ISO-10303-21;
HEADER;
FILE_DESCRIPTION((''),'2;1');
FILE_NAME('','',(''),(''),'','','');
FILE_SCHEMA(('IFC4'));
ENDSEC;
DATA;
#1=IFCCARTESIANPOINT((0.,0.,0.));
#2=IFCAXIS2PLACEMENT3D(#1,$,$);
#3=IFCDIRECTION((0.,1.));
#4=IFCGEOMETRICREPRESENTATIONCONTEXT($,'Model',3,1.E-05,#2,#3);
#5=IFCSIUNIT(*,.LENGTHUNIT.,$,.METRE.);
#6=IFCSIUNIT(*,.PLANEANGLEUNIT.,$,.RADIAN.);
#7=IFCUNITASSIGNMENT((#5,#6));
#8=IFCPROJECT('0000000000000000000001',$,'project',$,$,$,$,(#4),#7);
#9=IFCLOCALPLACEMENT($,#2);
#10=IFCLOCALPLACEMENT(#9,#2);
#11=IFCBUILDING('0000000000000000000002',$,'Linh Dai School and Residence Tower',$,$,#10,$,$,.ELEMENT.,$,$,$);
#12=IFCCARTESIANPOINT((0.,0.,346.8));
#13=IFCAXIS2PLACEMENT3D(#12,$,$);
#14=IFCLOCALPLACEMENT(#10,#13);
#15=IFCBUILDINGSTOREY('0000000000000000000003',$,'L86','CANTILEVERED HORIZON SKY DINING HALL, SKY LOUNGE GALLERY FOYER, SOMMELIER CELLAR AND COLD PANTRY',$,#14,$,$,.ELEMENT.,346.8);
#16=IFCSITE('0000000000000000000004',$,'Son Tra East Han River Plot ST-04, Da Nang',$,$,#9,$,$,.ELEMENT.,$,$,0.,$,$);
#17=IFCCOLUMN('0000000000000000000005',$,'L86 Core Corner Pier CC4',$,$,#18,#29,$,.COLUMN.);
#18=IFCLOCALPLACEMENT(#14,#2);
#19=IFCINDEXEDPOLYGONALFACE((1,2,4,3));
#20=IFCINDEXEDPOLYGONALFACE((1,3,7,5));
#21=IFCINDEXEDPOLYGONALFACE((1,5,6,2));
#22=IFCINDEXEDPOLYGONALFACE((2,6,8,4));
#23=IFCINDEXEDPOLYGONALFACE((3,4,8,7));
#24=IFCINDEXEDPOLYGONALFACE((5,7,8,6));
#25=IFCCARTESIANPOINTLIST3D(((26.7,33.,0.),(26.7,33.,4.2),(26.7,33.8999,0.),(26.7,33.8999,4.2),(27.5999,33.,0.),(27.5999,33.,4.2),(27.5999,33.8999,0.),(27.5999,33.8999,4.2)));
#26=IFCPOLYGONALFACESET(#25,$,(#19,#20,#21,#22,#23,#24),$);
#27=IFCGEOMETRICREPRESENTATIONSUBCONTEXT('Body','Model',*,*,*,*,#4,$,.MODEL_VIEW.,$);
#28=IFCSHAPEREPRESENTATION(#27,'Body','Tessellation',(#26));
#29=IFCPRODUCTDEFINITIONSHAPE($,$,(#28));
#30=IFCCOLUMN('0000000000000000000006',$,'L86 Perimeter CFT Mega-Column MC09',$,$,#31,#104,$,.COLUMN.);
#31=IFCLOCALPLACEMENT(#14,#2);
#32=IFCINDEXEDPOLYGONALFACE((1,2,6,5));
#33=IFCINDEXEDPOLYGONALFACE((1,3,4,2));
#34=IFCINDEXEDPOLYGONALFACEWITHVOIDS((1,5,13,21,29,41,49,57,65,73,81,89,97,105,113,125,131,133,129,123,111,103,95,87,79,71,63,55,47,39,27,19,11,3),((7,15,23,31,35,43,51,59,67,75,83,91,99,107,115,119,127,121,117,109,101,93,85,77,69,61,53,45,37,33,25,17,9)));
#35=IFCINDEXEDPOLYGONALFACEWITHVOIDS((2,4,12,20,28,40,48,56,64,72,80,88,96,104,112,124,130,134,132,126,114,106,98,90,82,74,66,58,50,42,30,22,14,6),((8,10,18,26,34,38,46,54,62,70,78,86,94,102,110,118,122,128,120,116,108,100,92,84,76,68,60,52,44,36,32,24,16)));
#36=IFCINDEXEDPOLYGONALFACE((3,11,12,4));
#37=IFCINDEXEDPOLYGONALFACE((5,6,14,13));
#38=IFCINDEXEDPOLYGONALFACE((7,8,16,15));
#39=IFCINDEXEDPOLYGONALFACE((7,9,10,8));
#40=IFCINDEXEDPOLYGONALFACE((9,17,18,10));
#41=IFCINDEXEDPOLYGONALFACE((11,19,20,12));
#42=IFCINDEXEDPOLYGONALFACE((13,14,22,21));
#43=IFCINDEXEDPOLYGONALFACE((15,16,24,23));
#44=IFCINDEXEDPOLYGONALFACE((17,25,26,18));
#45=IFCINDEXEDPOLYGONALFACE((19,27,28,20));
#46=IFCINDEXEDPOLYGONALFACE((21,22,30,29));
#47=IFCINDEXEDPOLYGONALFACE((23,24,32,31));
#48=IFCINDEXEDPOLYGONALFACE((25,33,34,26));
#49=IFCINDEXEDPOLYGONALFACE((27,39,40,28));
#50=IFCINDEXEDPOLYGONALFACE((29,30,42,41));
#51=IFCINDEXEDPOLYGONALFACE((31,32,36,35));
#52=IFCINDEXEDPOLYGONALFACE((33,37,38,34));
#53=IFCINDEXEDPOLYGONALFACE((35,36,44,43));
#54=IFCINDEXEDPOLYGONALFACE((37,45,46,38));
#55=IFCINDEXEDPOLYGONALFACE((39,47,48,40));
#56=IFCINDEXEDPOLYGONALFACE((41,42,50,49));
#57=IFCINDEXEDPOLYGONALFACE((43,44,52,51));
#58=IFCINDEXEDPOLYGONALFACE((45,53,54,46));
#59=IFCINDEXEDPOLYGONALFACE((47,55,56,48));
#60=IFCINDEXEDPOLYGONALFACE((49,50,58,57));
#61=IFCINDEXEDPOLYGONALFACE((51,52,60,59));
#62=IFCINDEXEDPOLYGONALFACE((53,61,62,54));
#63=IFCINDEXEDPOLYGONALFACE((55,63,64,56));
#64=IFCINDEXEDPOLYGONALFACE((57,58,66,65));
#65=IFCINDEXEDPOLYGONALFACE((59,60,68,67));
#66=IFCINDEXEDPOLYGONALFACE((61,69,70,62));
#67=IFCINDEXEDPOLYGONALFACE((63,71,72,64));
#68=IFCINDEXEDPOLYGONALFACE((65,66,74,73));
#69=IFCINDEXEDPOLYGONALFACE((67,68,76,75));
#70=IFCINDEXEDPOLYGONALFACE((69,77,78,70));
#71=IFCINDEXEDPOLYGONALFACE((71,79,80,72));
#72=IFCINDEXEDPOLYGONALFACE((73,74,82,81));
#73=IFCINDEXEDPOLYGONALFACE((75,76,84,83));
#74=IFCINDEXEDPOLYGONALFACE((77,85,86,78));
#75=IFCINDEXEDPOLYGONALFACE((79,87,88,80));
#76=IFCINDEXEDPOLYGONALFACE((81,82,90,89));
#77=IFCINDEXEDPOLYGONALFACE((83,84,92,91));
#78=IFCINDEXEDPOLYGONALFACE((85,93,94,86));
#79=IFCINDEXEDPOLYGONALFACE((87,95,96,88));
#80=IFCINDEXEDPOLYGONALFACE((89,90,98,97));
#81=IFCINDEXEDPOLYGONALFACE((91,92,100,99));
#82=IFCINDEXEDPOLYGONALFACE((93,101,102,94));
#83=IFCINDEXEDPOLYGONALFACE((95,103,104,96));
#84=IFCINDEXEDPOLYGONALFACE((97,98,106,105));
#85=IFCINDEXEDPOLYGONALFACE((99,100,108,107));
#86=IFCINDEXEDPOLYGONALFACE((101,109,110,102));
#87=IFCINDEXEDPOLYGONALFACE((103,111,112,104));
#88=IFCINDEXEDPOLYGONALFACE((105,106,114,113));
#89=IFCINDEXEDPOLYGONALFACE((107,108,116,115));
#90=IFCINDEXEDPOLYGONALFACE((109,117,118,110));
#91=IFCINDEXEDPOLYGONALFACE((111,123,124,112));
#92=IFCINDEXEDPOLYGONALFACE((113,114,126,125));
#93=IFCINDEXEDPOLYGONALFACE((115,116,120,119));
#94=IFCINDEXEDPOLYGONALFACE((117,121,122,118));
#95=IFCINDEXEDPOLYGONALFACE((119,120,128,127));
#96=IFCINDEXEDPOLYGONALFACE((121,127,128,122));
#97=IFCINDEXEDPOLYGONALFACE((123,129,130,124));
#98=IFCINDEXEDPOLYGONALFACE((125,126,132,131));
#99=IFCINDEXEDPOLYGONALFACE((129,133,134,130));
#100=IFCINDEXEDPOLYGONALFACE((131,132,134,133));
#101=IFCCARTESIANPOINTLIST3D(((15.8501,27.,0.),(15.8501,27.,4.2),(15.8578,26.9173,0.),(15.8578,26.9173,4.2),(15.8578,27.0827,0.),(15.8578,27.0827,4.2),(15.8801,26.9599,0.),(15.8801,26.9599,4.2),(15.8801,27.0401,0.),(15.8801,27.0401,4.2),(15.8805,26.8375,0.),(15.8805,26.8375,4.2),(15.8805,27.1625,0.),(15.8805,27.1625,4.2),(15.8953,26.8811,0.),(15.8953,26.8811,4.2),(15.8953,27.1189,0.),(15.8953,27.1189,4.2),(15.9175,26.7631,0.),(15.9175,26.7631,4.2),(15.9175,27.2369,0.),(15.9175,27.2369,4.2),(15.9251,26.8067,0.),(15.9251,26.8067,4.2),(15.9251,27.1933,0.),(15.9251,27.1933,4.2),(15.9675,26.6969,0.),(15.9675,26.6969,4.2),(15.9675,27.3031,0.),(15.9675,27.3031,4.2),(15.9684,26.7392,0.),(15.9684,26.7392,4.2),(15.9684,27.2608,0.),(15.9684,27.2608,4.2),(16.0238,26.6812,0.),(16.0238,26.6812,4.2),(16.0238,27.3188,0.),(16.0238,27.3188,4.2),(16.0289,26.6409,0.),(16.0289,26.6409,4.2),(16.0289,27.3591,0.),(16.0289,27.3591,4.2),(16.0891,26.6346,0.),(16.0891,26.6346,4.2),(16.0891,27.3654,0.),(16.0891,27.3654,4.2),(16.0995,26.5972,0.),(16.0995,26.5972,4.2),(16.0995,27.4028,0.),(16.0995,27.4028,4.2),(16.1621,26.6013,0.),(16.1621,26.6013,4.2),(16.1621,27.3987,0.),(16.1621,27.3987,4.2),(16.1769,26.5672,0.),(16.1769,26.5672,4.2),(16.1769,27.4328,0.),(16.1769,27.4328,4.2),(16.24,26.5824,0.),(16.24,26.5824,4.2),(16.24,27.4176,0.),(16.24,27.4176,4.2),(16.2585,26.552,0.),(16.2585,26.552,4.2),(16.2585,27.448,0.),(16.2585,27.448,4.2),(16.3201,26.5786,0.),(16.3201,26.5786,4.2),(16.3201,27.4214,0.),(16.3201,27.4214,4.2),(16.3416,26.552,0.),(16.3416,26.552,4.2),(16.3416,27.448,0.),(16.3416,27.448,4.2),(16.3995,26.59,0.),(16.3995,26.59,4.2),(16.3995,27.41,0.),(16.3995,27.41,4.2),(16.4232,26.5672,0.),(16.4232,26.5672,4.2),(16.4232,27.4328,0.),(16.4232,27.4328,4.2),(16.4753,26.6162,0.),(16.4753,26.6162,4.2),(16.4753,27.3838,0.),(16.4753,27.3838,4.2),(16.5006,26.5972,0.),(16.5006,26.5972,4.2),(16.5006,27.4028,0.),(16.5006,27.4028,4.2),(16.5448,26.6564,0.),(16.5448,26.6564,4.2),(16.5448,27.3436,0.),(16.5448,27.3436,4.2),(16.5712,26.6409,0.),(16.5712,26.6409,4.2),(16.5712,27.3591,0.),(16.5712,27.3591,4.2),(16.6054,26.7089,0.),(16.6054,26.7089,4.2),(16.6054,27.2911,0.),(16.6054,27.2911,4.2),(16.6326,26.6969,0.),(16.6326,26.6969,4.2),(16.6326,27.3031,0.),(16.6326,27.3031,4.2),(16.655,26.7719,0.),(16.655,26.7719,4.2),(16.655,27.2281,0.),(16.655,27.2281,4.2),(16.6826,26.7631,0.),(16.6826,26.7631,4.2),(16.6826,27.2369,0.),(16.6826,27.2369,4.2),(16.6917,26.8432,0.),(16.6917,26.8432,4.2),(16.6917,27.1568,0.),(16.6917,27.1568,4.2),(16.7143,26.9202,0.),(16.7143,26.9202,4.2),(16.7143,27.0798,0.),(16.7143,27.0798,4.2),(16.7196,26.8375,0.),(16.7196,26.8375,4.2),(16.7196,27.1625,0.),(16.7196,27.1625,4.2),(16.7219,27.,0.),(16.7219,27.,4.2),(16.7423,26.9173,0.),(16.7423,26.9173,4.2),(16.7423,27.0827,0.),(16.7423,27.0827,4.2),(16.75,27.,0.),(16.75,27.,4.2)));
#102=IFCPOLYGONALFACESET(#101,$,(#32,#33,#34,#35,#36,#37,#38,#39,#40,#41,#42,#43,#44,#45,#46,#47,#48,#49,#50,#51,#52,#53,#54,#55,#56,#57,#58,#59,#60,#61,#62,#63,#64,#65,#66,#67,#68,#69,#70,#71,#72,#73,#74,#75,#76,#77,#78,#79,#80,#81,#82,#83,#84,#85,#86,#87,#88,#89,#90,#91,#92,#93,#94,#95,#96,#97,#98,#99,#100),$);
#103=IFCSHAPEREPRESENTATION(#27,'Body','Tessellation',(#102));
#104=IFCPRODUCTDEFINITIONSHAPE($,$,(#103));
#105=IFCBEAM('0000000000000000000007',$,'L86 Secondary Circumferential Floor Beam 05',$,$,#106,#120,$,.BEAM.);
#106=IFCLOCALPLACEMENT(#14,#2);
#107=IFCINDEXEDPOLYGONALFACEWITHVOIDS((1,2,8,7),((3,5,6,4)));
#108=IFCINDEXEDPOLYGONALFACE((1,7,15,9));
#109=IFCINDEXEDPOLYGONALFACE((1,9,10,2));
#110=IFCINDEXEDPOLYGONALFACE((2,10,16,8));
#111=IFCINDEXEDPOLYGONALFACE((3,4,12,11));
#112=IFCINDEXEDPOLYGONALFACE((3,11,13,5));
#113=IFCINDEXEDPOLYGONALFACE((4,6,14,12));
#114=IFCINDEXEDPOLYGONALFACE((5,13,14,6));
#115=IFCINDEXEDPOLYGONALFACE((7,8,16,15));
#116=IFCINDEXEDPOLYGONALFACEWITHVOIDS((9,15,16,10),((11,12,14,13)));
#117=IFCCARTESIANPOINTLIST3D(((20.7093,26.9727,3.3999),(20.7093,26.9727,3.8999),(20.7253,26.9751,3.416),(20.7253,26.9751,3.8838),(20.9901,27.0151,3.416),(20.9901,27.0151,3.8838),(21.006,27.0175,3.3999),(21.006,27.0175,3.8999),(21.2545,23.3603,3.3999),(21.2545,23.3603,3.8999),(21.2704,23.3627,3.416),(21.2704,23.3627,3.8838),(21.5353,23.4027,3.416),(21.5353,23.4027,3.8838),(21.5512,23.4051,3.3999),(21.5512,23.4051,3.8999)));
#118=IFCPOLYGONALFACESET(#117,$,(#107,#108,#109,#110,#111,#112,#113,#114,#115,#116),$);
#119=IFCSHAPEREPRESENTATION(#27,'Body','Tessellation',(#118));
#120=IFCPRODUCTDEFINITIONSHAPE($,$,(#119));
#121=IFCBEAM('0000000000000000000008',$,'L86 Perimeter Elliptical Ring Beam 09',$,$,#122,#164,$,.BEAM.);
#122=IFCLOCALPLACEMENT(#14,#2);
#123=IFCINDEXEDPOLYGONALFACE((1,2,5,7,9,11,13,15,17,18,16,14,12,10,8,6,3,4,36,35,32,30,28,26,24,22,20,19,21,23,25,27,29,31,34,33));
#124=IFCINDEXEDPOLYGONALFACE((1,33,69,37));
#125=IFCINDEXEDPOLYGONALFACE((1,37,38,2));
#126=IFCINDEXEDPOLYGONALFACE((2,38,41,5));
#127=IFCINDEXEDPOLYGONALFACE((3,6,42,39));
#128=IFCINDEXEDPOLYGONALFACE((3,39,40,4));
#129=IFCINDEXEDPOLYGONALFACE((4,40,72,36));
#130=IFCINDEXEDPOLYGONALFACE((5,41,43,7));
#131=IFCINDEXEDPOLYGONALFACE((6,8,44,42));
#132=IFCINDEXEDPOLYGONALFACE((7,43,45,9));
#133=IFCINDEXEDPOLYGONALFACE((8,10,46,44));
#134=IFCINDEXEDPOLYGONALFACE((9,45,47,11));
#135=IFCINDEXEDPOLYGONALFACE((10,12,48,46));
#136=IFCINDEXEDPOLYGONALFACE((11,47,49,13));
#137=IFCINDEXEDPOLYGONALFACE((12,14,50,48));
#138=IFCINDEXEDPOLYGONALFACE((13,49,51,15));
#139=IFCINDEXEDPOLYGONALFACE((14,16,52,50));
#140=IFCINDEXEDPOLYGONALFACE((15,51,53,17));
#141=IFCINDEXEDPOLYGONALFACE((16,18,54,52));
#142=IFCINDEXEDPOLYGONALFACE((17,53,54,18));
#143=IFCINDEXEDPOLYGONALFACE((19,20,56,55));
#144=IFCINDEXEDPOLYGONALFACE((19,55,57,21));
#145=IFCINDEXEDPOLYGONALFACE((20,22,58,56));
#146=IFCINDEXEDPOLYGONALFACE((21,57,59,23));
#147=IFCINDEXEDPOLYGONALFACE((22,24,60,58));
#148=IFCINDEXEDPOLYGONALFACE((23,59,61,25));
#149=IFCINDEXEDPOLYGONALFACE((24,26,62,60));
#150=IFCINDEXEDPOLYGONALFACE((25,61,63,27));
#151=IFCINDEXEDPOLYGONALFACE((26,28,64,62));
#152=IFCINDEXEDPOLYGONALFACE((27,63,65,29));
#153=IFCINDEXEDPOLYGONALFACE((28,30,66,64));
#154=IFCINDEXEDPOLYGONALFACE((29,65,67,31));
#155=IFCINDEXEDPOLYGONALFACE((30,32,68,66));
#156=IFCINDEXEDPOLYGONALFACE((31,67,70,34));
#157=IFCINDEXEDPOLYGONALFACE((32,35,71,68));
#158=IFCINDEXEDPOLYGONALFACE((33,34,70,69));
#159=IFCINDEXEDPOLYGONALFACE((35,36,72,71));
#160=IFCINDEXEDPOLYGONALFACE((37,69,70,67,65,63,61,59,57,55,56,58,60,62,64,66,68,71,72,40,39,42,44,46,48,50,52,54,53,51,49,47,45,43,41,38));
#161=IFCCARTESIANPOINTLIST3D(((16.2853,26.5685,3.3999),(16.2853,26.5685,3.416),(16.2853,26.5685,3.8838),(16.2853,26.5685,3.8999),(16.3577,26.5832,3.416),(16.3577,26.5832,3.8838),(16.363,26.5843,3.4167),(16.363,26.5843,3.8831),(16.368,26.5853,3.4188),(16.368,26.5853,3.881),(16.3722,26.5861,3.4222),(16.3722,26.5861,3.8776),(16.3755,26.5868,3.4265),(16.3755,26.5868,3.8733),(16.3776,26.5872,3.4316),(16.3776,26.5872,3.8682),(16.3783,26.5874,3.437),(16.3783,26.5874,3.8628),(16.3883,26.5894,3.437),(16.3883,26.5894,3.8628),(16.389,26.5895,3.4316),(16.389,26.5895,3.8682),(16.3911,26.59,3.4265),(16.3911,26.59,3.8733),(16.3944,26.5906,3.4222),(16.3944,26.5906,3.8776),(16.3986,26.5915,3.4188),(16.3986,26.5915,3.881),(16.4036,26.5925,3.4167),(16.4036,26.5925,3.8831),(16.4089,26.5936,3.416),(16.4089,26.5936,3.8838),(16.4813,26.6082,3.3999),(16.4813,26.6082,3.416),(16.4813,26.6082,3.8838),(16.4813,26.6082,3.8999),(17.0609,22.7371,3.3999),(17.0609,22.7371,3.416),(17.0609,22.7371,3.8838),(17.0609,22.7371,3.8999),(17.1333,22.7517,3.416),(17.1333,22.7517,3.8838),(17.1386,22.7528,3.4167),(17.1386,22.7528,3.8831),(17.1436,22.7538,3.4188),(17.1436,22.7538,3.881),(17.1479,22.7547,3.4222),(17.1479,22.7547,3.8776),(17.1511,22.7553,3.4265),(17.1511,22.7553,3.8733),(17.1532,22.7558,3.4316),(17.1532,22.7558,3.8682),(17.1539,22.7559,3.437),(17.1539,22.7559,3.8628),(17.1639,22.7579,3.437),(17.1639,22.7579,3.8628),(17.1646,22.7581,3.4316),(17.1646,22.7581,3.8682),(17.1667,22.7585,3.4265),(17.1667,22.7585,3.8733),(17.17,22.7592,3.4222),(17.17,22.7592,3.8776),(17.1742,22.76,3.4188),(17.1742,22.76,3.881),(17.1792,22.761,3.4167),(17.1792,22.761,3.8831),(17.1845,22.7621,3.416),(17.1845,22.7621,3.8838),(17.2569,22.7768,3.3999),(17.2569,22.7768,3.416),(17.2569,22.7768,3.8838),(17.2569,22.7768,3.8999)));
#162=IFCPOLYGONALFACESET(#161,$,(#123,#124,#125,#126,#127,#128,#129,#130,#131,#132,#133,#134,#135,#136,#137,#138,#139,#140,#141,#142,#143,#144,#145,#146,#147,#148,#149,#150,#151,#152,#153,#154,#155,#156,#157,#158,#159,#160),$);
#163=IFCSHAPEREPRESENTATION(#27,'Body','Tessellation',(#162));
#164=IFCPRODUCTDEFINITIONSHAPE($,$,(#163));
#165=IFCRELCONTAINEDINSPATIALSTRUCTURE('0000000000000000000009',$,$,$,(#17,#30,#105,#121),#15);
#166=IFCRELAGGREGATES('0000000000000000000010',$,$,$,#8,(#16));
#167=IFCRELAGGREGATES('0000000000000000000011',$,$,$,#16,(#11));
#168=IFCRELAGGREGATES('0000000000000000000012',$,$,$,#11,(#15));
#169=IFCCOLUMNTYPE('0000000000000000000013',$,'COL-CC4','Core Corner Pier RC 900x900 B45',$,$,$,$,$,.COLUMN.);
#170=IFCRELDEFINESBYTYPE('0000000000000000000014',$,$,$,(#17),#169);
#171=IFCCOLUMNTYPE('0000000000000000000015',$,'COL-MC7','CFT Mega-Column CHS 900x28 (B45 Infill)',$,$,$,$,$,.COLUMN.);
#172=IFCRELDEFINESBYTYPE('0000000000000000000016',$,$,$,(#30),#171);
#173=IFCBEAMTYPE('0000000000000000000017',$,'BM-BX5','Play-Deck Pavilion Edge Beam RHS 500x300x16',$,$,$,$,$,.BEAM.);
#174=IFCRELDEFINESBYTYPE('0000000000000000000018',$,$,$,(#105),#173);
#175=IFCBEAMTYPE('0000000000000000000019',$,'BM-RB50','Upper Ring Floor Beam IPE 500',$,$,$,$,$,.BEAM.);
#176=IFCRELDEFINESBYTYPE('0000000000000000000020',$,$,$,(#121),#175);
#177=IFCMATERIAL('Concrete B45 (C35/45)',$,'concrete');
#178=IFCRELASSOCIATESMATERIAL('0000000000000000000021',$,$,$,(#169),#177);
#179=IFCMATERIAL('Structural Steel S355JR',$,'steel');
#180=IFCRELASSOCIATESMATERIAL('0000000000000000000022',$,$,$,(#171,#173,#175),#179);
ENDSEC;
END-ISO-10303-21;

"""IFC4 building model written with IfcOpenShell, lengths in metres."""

from ifc_helpers import new_model, si_unit, direction, frame, origin, origin_2d, place, context, subcontext, project, spatial, rectangle, hollow_rectangle, hollow_circle, i_section, extrude, material, material_profile, profile_set, type_object, element, save


model = new_model("IFC4")

# Units and contexts
model_context = context("Model", 3, precision=1e-05, world=origin(), true_north=direction((0.0, 1.0)))
body_context = subcontext(model_context, "Body", "Model", "MODEL_VIEW")
ifc_project = project(units=[si_unit("LENGTHUNIT", "METRE"), si_unit("PLANEANGLEUNIT", "RADIAN")], contexts=[model_context])

# Site, building, storey
site_placement = place(None, origin())
site = spatial("IfcSite", under=ifc_project, at=site_placement, Name="Son Tra East Han River Plot ST-04, Da Nang", CompositionType="ELEMENT", RefElevation=0.0)
building_placement = place(site_placement, origin())
building = spatial("IfcBuilding", under=site, at=building_placement, Name="Linh Dai School and Residence Tower", CompositionType="ELEMENT")
storey_placement = place(building_placement, frame((0.0, 0.0, 346.8)))
storey = spatial("IfcBuildingStorey", under=building, at=storey_placement, Name="L86", Description="CANTILEVERED HORIZON SKY DINING HALL, SKY LOUNGE GALLERY FOYER, SOMMELIER CELLAR AND COLD PANTRY", CompositionType="ELEMENT", Elevation=346.8)

# Columns
ifc_material_1 = material(Name="Concrete B45 (C35/45)", Category="concrete")
ifc_material_profile_1 = material_profile(ifc_material_1, rectangle(XDim=0.8999, YDim=0.8999, at=origin_2d()), Name="RC 900x900")
ifc_profile_set_1 = profile_set([ifc_material_profile_1], Name="Concrete B45 (C35/45)")
column_type_1 = type_object("IfcColumnType", Name="COL-CC4", Description="Core Corner Pier RC 900x900 B45", PredefinedType="COLUMN", material=ifc_profile_set_1)
column_1_placement = place(storey_placement, frame((27.1499, 33.45, 0.0), z_axis=(0.0, 0.0, 1.0), x_axis=(1.0, 0.0, 0.0)))
element("IfcColumn", 1, at=column_1_placement, inside=storey, type_object=column_type_1, Name="L86 Core Corner Pier CC4", PredefinedType="COLUMN", context=body_context, shape_type="SweptSolid", body=[
    extrude(rectangle(XDim=0.8999, YDim=0.8999, at=origin_2d()), origin(), (0.0, 0.0, 1.0), 4.2),
])
ifc_material_2 = material(Name="Structural Steel S355JR", Category="steel")
ifc_material_profile_2 = material_profile(ifc_material_2, hollow_circle(Radius=0.45, WallThickness=0.0281, at=origin_2d()), Name="CHS 900x28")
ifc_profile_set_2 = profile_set([ifc_material_profile_2], Name="Structural Steel S355JR")
column_type_2 = type_object("IfcColumnType", Name="COL-MC7", Description="CFT Mega-Column CHS 900x28 (B45 Infill)", PredefinedType="COLUMN", material=ifc_profile_set_2)
column_2_placement = place(storey_placement, frame((16.3, 27.0, 0.0), z_axis=(0.0, 0.0, 1.0), x_axis=(1.0, 0.0, 0.0)))
element("IfcColumn", 2, at=column_2_placement, inside=storey, type_object=column_type_2, Name="L86 Perimeter CFT Mega-Column MC09", PredefinedType="COLUMN", context=body_context, shape_type="SweptSolid", body=[
    extrude(hollow_circle(Radius=0.45, WallThickness=0.0281, at=origin_2d()), origin(), (0.0, 0.0, 1.0), 4.2),
])

# Beams
ifc_material_profile_3 = material_profile(ifc_material_2, hollow_rectangle(XDim=0.3, YDim=0.5, WallThickness=0.0161, at=origin_2d()), Name="RHS 500x300x16")
ifc_profile_set_3 = profile_set([ifc_material_profile_3], Name="Structural Steel S355JR")
beam_type_1 = type_object("IfcBeamType", Name="BM-BX5", Description="Play-Deck Pavilion Edge Beam RHS 500x300x16", PredefinedType="BEAM", material=ifc_profile_set_3)
beam_1_placement = place(storey_placement, frame((20.8577, 26.9951, 3.6499), z_axis=(0.149229, -0.988803, 0.0), x_axis=(0.988803, 0.149229, 0.0)))
element("IfcBeam", 3, at=beam_1_placement, inside=storey, type_object=beam_type_1, Name="L86 Secondary Circumferential Floor Beam 05", PredefinedType="BEAM", context=body_context, shape_type="SweptSolid", body=[
    extrude(hollow_rectangle(XDim=0.3, YDim=0.5, WallThickness=0.0161, at=origin_2d()), origin(), (0.0, 0.0, 1.0), 3.6533),
])
ifc_material_profile_4 = material_profile(ifc_material_2, i_section(OverallWidth=0.2, OverallDepth=0.5, WebThickness=0.0103, FlangeThickness=0.0161, FilletRadius=0.021, at=origin_2d()), Name="IPE 500")
ifc_profile_set_4 = profile_set([ifc_material_profile_4], Name="Structural Steel S355JR")
beam_type_2 = type_object("IfcBeamType", Name="BM-RB50", Description="Upper Ring Floor Beam IPE 500", PredefinedType="BEAM", material=ifc_profile_set_4)
beam_2_placement = place(storey_placement, frame((16.3833, 26.5884, 3.6499), z_axis=(0.19841, -0.980119, 0.0), x_axis=(0.980119, 0.19841, 0.0)))
element("IfcBeam", 4, at=beam_2_placement, inside=storey, type_object=beam_type_2, Name="L86 Perimeter Elliptical Ring Beam 09", PredefinedType="BEAM", context=body_context, shape_type="SweptSolid", body=[
    extrude(i_section(OverallWidth=0.2, OverallDepth=0.5, WebThickness=0.0103, FlangeThickness=0.0161, FilletRadius=0.021, at=origin_2d()), origin(), (0.0, 0.0, 1.0), 3.9092),
])

save(model, "model.ifc")
